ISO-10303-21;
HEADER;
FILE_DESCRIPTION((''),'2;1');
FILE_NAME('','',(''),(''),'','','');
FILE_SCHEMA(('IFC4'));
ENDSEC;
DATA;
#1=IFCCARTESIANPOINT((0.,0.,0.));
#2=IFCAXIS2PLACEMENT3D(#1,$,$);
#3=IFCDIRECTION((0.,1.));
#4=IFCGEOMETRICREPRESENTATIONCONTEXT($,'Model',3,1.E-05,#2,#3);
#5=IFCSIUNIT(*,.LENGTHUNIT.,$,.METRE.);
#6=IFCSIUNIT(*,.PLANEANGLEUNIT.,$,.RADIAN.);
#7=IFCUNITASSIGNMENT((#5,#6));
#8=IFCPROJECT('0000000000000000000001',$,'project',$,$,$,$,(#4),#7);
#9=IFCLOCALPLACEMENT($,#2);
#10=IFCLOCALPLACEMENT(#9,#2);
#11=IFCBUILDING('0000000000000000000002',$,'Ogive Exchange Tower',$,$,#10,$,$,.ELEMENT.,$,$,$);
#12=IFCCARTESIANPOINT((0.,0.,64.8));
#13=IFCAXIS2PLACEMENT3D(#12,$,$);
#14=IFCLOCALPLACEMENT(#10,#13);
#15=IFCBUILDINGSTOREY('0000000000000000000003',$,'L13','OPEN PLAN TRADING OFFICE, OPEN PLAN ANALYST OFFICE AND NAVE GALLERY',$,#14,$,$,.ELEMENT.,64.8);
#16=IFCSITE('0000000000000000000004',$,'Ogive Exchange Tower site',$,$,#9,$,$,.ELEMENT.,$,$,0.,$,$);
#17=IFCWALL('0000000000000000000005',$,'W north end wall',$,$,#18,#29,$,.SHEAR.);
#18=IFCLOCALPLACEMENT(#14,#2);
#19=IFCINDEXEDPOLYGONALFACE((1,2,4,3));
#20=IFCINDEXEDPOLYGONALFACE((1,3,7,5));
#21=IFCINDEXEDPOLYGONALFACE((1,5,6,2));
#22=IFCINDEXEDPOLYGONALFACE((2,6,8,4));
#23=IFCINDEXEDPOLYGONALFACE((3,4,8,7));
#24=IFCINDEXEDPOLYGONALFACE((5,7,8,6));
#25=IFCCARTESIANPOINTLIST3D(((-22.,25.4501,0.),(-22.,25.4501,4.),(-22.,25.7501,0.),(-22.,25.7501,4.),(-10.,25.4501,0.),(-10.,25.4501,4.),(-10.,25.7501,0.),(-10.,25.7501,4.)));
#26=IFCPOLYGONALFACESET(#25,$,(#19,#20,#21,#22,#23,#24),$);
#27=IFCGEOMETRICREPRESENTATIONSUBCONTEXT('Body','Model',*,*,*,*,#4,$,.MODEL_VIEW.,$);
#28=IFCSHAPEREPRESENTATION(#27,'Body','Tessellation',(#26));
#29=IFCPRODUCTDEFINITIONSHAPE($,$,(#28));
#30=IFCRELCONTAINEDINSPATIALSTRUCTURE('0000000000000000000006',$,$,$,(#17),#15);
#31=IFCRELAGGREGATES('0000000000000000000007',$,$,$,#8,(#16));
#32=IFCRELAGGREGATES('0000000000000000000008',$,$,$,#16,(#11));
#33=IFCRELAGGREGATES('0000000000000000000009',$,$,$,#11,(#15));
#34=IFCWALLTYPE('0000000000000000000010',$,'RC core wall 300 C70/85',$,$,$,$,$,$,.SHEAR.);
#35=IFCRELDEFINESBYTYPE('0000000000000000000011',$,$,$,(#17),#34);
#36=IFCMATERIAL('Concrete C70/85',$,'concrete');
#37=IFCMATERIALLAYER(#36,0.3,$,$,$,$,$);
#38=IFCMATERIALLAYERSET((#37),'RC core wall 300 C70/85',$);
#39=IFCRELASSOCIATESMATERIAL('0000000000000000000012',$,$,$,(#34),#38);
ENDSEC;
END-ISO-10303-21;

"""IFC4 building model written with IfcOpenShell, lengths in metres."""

from ifc_helpers import new_model, si_unit, direction, frame, frame_2d, origin, place, context, subcontext, project, spatial, rectangle, extrude, material, layer, layer_set, type_object, element, save


model = new_model("IFC4")

# Units and contexts
model_context = context("Model", 3, precision=1e-05, world=origin(), true_north=direction((0.0, 1.0)))
body_context = subcontext(model_context, "Body", "Model", "MODEL_VIEW")
ifc_project = project(units=[si_unit("LENGTHUNIT", "METRE"), si_unit("PLANEANGLEUNIT", "RADIAN")], contexts=[model_context])

# Site, building, storey
site_placement = place(None, origin())
site = spatial("IfcSite", under=ifc_project, at=site_placement, Name="Ogive Exchange Tower site", CompositionType="ELEMENT", RefElevation=0.0)
building_placement = place(site_placement, origin())
building = spatial("IfcBuilding", under=site, at=building_placement, Name="Ogive Exchange Tower", CompositionType="ELEMENT")
storey_placement = place(building_placement, frame((0.0, 0.0, 64.8)))
storey = spatial("IfcBuildingStorey", under=building, at=storey_placement, Name="L13", Description="OPEN PLAN TRADING OFFICE, OPEN PLAN ANALYST OFFICE AND NAVE GALLERY", CompositionType="ELEMENT", Elevation=64.8)

# Wall
ifc_material_1 = material(Name="Concrete C70/85", Category="concrete")
ifc_layer_1 = layer(ifc_material_1, 0.3)
ifc_layer_set_1 = layer_set([ifc_layer_1], Name="RC core wall 300 C70/85")
wall_type_1 = type_object("IfcWallType", Name="RC core wall 300 C70/85", PredefinedType="SHEAR", material=ifc_layer_set_1)
wall_1_placement = place(storey_placement, frame((-22.0, 25.6001, 0.0), z_axis=(0.0, 0.0, 1.0), x_axis=(1.0, 0.0, 0.0)))
element("IfcWall", 1, at=wall_1_placement, inside=storey, type_object=wall_type_1, Name="W north end wall", PredefinedType="SHEAR", context=body_context, shape_type="SweptSolid", body=[
    extrude(rectangle(XDim=12.0, YDim=0.3, at=frame_2d((6.0, 0.0))), origin(), (0.0, 0.0, 1.0), 4.0),
])

save(model, "model.ifc")
